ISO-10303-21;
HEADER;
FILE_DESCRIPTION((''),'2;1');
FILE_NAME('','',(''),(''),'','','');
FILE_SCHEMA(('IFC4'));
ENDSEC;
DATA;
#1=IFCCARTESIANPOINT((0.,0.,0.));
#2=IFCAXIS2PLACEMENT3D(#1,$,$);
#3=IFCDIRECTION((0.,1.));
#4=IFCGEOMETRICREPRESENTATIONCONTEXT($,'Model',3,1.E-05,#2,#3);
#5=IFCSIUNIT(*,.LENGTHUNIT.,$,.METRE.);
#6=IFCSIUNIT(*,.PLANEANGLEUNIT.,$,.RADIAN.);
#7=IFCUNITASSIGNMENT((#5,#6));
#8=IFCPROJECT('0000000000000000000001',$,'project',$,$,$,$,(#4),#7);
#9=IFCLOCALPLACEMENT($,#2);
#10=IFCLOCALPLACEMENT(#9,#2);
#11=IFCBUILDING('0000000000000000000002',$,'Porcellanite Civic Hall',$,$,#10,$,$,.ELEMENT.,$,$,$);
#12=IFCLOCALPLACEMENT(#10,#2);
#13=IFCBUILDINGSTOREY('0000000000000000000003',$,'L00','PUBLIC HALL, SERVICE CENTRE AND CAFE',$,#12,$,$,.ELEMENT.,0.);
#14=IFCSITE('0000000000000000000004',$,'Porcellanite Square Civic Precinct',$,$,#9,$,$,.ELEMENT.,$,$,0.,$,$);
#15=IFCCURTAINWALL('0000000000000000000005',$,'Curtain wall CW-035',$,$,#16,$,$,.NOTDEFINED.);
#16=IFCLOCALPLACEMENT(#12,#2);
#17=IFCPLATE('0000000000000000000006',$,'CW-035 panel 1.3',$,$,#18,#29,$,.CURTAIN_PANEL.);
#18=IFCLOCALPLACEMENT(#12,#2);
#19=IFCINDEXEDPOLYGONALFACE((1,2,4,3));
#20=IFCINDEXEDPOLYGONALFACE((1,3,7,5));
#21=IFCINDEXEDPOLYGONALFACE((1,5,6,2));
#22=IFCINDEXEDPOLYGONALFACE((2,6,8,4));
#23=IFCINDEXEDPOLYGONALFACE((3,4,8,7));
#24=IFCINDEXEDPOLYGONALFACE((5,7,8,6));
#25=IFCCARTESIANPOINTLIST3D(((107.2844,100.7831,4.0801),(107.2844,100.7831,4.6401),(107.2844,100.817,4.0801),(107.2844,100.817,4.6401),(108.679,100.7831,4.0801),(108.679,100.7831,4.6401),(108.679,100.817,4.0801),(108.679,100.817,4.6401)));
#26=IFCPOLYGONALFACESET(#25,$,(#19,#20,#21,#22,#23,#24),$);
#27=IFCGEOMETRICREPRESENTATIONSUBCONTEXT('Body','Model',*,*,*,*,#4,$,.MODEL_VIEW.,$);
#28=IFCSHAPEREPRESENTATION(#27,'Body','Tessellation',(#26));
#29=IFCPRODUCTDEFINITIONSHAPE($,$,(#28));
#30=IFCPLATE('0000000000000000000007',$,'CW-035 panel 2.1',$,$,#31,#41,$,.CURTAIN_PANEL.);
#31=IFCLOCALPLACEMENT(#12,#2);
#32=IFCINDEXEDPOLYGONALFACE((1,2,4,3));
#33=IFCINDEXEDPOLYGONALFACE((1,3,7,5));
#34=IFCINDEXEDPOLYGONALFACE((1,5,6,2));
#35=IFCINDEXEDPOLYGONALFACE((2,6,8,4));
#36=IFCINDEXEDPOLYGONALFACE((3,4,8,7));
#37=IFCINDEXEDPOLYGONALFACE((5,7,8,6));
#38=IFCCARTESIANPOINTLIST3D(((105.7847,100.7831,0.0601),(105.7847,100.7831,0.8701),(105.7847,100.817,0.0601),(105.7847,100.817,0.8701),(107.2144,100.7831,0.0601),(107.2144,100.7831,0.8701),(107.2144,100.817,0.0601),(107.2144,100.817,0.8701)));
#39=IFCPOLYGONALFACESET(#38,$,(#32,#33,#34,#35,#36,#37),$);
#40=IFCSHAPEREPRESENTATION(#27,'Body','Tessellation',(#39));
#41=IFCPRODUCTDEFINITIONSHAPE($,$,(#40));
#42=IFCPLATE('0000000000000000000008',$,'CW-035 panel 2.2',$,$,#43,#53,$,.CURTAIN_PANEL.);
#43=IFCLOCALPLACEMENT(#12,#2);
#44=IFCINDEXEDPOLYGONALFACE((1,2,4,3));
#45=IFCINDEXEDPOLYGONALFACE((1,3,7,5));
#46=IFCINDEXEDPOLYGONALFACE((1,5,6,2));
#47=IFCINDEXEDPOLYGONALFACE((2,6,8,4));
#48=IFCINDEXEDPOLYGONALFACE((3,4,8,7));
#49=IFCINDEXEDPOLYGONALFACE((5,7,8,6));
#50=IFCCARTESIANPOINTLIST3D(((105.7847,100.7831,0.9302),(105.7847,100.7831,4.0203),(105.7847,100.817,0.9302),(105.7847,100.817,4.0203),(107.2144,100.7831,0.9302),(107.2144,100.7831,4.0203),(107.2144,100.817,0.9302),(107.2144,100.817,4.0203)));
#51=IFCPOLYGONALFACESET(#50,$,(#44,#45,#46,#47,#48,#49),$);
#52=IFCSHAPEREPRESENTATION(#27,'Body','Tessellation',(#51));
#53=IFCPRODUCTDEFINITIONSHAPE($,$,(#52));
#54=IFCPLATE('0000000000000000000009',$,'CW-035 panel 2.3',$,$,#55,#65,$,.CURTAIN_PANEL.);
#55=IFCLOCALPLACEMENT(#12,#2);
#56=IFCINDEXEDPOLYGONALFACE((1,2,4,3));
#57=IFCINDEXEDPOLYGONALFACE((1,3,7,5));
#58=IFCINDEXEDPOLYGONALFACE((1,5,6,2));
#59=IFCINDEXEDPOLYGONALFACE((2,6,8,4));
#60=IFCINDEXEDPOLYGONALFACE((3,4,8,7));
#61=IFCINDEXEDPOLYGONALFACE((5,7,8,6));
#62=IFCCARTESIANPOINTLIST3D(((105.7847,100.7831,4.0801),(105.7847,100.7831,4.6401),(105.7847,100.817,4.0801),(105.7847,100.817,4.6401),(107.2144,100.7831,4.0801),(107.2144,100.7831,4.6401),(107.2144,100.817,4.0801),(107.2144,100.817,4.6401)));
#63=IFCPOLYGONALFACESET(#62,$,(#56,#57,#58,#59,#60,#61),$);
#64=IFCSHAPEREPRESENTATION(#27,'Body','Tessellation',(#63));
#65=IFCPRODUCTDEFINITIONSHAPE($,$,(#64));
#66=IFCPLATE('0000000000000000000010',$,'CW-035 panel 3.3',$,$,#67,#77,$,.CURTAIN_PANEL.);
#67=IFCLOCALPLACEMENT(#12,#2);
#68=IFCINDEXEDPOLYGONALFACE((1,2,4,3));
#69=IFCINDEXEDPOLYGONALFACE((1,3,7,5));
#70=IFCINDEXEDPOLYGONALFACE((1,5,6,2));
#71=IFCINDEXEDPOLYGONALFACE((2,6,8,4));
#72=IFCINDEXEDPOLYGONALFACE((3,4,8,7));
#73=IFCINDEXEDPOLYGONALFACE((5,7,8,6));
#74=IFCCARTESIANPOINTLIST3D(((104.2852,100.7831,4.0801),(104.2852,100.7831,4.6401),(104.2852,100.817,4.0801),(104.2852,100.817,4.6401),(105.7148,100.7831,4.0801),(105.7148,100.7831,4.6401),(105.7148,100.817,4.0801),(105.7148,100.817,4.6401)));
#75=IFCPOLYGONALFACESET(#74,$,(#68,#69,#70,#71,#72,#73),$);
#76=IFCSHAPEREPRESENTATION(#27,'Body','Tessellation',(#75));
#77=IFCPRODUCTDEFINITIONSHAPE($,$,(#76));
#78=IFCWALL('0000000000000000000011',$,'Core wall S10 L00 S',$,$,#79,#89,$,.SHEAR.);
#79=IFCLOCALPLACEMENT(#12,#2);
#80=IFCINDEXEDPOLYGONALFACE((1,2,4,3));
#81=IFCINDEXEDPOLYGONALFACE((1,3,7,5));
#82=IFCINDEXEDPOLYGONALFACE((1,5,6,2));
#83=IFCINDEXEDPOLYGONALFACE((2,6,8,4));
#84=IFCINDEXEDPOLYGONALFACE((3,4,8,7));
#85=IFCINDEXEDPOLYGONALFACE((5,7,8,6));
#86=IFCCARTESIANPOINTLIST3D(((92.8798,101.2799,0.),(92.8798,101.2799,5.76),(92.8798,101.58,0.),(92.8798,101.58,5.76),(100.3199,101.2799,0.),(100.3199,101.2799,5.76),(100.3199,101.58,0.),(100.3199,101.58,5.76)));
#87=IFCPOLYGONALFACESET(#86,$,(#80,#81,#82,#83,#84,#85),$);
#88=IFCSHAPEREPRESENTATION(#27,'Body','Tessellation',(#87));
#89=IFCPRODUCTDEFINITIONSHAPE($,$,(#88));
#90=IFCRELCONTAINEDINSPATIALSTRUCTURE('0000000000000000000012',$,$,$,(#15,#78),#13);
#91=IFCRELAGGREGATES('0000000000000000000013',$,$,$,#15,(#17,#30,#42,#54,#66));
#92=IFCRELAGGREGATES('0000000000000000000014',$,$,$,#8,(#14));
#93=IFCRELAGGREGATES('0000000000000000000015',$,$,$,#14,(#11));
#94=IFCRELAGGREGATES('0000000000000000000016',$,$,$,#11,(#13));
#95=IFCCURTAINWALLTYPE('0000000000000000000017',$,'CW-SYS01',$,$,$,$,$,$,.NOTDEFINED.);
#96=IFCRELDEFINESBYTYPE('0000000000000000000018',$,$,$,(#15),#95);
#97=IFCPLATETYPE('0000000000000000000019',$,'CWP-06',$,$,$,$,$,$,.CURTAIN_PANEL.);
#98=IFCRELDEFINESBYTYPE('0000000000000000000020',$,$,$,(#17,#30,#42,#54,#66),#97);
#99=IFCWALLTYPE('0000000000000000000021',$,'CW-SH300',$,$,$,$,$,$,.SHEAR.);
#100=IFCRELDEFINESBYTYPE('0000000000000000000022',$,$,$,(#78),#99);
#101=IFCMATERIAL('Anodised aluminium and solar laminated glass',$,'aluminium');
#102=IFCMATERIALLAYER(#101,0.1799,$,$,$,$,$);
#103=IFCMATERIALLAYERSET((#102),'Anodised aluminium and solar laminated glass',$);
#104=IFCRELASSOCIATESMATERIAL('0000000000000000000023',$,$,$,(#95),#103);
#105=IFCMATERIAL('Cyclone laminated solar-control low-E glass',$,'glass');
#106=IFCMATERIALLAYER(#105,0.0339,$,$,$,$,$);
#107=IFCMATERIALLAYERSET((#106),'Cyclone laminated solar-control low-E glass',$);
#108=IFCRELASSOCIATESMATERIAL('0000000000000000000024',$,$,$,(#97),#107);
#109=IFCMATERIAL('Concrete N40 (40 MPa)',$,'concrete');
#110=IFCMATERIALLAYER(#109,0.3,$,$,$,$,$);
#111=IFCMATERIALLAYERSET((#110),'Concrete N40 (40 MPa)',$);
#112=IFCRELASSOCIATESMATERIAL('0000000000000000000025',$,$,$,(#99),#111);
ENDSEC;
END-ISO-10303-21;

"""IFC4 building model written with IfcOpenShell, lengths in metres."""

from ifc_helpers import new_model, si_unit, direction, frame, frame_2d, origin, origin_2d, place, context, subcontext, project, spatial, rectangle, extrude, material, layer, layer_set, type_object, element, aggregate, save


model = new_model("IFC4")

# Units and contexts
model_context = context("Model", 3, precision=1e-05, world=origin(), true_north=direction((0.0, 1.0)))
body_context = subcontext(model_context, "Body", "Model", "MODEL_VIEW")
ifc_project = project(units=[si_unit("LENGTHUNIT", "METRE"), si_unit("PLANEANGLEUNIT", "RADIAN")], contexts=[model_context])

# Site, building, storey
site_placement = place(None, origin())
site = spatial("IfcSite", under=ifc_project, at=site_placement, Name="Porcellanite Square Civic Precinct", CompositionType="ELEMENT", RefElevation=0.0)
building_placement = place(site_placement, origin())
building = spatial("IfcBuilding", under=site, at=building_placement, Name="Porcellanite Civic Hall", CompositionType="ELEMENT")
storey_placement = place(building_placement, origin())
storey = spatial("IfcBuildingStorey", under=building, at=storey_placement, Name="L00", Description="PUBLIC HALL, SERVICE CENTRE AND CAFE", CompositionType="ELEMENT", Elevation=0.0)

# Curtain wall
ifc_material_1 = material(Name="Anodised aluminium and solar laminated glass", Category="aluminium")
ifc_layer_1 = layer(ifc_material_1, 0.1799)
ifc_layer_set_1 = layer_set([ifc_layer_1], Name="Anodised aluminium and solar laminated glass")
curtain_wall_type = type_object("IfcCurtainWallType", Name="CW-SYS01", PredefinedType="NOTDEFINED", material=ifc_layer_set_1)
curtain_wall_placement = place(storey_placement, origin())
curtain_wall = element("IfcCurtainWall", 1, at=curtain_wall_placement, inside=storey, type_object=curtain_wall_type, Name="Curtain wall CW-035", PredefinedType="NOTDEFINED")

# Plates
ifc_material_2 = material(Name="Cyclone laminated solar-control low-E glass", Category="glass")
ifc_layer_2 = layer(ifc_material_2, 0.0339)
ifc_layer_set_2 = layer_set([ifc_layer_2], Name="Cyclone laminated solar-control low-E glass")
plate_type = type_object("IfcPlateType", Name="CWP-06", PredefinedType="CURTAIN_PANEL", material=ifc_layer_set_2)
plate_1_placement = place(storey_placement, frame((107.9817, 100.8, 4.0801), z_axis=(0.0, 0.0, 1.0), x_axis=(-1.0, 0.0, 0.0)))
plate_1 = element("IfcPlate", 2, at=plate_1_placement, type_object=plate_type, Name="CW-035 panel 1.3", PredefinedType="CURTAIN_PANEL", context=body_context, shape_type="SweptSolid", body=[
    extrude(rectangle(XDim=1.3945, YDim=0.0339, at=origin_2d()), origin(), (0.0, 0.0, 1.0), 0.5601),
])
plate_2_placement = place(storey_placement, frame((106.4995, 100.8, 0.0601), z_axis=(0.0, 0.0, 1.0), x_axis=(-1.0, 0.0, 0.0)))
plate_2 = element("IfcPlate", 3, at=plate_2_placement, type_object=plate_type, Name="CW-035 panel 2.1", PredefinedType="CURTAIN_PANEL", context=body_context, shape_type="SweptSolid", body=[
    extrude(rectangle(XDim=1.4297, YDim=0.0339, at=origin_2d()), origin(), (0.0, 0.0, 1.0), 0.8101),
])
plate_3_placement = place(storey_placement, frame((106.4995, 100.8, 0.9302), z_axis=(0.0, 0.0, 1.0), x_axis=(-1.0, 0.0, 0.0)))
plate_3 = element("IfcPlate", 4, at=plate_3_placement, type_object=plate_type, Name="CW-035 panel 2.2", PredefinedType="CURTAIN_PANEL", context=body_context, shape_type="SweptSolid", body=[
    extrude(rectangle(XDim=1.4297, YDim=0.0339, at=origin_2d()), origin(), (0.0, 0.0, 1.0), 3.0901),
])
plate_4_placement = place(storey_placement, frame((106.4995, 100.8, 4.0801), z_axis=(0.0, 0.0, 1.0), x_axis=(-1.0, 0.0, 0.0)))
plate_4 = element("IfcPlate", 5, at=plate_4_placement, type_object=plate_type, Name="CW-035 panel 2.3", PredefinedType="CURTAIN_PANEL", context=body_context, shape_type="SweptSolid", body=[
    extrude(rectangle(XDim=1.4297, YDim=0.0339, at=origin_2d()), origin(), (0.0, 0.0, 1.0), 0.5601),
])
plate_5_placement = place(storey_placement, frame((105.0, 100.8, 4.0801), z_axis=(0.0, 0.0, 1.0), x_axis=(-1.0, 0.0, 0.0)))
plate_5 = element("IfcPlate", 6, at=plate_5_placement, type_object=plate_type, Name="CW-035 panel 3.3", PredefinedType="CURTAIN_PANEL", context=body_context, shape_type="SweptSolid", body=[
    extrude(rectangle(XDim=1.4297, YDim=0.0339, at=origin_2d()), origin(), (0.0, 0.0, 1.0), 0.5601),
])
aggregate(curtain_wall, [plate_1, plate_2, plate_3, plate_4, plate_5])

# Wall
ifc_material_3 = material(Name="Concrete N40 (40 MPa)", Category="concrete")
ifc_layer_3 = layer(ifc_material_3, 0.3)
ifc_layer_set_3 = layer_set([ifc_layer_3], Name="Concrete N40 (40 MPa)")
wall_type_1 = type_object("IfcWallType", Name="CW-SH300", PredefinedType="SHEAR", material=ifc_layer_set_3)
wall_1_placement = place(storey_placement, frame((100.3201, 101.4299, 0.0), z_axis=(0.0, 0.0, 1.0), x_axis=(-1.0, 0.0, 0.0)))
element("IfcWall", 7, at=wall_1_placement, inside=storey, type_object=wall_type_1, Name="Core wall S10 L00 S", PredefinedType="SHEAR", context=body_context, shape_type="SweptSolid", body=[
    extrude(rectangle(XDim=7.4402, YDim=0.3, at=frame_2d((3.7202, 0.0))), origin(), (0.0, 0.0, 1.0), 5.76),
])

save(model, "model.ifc")
